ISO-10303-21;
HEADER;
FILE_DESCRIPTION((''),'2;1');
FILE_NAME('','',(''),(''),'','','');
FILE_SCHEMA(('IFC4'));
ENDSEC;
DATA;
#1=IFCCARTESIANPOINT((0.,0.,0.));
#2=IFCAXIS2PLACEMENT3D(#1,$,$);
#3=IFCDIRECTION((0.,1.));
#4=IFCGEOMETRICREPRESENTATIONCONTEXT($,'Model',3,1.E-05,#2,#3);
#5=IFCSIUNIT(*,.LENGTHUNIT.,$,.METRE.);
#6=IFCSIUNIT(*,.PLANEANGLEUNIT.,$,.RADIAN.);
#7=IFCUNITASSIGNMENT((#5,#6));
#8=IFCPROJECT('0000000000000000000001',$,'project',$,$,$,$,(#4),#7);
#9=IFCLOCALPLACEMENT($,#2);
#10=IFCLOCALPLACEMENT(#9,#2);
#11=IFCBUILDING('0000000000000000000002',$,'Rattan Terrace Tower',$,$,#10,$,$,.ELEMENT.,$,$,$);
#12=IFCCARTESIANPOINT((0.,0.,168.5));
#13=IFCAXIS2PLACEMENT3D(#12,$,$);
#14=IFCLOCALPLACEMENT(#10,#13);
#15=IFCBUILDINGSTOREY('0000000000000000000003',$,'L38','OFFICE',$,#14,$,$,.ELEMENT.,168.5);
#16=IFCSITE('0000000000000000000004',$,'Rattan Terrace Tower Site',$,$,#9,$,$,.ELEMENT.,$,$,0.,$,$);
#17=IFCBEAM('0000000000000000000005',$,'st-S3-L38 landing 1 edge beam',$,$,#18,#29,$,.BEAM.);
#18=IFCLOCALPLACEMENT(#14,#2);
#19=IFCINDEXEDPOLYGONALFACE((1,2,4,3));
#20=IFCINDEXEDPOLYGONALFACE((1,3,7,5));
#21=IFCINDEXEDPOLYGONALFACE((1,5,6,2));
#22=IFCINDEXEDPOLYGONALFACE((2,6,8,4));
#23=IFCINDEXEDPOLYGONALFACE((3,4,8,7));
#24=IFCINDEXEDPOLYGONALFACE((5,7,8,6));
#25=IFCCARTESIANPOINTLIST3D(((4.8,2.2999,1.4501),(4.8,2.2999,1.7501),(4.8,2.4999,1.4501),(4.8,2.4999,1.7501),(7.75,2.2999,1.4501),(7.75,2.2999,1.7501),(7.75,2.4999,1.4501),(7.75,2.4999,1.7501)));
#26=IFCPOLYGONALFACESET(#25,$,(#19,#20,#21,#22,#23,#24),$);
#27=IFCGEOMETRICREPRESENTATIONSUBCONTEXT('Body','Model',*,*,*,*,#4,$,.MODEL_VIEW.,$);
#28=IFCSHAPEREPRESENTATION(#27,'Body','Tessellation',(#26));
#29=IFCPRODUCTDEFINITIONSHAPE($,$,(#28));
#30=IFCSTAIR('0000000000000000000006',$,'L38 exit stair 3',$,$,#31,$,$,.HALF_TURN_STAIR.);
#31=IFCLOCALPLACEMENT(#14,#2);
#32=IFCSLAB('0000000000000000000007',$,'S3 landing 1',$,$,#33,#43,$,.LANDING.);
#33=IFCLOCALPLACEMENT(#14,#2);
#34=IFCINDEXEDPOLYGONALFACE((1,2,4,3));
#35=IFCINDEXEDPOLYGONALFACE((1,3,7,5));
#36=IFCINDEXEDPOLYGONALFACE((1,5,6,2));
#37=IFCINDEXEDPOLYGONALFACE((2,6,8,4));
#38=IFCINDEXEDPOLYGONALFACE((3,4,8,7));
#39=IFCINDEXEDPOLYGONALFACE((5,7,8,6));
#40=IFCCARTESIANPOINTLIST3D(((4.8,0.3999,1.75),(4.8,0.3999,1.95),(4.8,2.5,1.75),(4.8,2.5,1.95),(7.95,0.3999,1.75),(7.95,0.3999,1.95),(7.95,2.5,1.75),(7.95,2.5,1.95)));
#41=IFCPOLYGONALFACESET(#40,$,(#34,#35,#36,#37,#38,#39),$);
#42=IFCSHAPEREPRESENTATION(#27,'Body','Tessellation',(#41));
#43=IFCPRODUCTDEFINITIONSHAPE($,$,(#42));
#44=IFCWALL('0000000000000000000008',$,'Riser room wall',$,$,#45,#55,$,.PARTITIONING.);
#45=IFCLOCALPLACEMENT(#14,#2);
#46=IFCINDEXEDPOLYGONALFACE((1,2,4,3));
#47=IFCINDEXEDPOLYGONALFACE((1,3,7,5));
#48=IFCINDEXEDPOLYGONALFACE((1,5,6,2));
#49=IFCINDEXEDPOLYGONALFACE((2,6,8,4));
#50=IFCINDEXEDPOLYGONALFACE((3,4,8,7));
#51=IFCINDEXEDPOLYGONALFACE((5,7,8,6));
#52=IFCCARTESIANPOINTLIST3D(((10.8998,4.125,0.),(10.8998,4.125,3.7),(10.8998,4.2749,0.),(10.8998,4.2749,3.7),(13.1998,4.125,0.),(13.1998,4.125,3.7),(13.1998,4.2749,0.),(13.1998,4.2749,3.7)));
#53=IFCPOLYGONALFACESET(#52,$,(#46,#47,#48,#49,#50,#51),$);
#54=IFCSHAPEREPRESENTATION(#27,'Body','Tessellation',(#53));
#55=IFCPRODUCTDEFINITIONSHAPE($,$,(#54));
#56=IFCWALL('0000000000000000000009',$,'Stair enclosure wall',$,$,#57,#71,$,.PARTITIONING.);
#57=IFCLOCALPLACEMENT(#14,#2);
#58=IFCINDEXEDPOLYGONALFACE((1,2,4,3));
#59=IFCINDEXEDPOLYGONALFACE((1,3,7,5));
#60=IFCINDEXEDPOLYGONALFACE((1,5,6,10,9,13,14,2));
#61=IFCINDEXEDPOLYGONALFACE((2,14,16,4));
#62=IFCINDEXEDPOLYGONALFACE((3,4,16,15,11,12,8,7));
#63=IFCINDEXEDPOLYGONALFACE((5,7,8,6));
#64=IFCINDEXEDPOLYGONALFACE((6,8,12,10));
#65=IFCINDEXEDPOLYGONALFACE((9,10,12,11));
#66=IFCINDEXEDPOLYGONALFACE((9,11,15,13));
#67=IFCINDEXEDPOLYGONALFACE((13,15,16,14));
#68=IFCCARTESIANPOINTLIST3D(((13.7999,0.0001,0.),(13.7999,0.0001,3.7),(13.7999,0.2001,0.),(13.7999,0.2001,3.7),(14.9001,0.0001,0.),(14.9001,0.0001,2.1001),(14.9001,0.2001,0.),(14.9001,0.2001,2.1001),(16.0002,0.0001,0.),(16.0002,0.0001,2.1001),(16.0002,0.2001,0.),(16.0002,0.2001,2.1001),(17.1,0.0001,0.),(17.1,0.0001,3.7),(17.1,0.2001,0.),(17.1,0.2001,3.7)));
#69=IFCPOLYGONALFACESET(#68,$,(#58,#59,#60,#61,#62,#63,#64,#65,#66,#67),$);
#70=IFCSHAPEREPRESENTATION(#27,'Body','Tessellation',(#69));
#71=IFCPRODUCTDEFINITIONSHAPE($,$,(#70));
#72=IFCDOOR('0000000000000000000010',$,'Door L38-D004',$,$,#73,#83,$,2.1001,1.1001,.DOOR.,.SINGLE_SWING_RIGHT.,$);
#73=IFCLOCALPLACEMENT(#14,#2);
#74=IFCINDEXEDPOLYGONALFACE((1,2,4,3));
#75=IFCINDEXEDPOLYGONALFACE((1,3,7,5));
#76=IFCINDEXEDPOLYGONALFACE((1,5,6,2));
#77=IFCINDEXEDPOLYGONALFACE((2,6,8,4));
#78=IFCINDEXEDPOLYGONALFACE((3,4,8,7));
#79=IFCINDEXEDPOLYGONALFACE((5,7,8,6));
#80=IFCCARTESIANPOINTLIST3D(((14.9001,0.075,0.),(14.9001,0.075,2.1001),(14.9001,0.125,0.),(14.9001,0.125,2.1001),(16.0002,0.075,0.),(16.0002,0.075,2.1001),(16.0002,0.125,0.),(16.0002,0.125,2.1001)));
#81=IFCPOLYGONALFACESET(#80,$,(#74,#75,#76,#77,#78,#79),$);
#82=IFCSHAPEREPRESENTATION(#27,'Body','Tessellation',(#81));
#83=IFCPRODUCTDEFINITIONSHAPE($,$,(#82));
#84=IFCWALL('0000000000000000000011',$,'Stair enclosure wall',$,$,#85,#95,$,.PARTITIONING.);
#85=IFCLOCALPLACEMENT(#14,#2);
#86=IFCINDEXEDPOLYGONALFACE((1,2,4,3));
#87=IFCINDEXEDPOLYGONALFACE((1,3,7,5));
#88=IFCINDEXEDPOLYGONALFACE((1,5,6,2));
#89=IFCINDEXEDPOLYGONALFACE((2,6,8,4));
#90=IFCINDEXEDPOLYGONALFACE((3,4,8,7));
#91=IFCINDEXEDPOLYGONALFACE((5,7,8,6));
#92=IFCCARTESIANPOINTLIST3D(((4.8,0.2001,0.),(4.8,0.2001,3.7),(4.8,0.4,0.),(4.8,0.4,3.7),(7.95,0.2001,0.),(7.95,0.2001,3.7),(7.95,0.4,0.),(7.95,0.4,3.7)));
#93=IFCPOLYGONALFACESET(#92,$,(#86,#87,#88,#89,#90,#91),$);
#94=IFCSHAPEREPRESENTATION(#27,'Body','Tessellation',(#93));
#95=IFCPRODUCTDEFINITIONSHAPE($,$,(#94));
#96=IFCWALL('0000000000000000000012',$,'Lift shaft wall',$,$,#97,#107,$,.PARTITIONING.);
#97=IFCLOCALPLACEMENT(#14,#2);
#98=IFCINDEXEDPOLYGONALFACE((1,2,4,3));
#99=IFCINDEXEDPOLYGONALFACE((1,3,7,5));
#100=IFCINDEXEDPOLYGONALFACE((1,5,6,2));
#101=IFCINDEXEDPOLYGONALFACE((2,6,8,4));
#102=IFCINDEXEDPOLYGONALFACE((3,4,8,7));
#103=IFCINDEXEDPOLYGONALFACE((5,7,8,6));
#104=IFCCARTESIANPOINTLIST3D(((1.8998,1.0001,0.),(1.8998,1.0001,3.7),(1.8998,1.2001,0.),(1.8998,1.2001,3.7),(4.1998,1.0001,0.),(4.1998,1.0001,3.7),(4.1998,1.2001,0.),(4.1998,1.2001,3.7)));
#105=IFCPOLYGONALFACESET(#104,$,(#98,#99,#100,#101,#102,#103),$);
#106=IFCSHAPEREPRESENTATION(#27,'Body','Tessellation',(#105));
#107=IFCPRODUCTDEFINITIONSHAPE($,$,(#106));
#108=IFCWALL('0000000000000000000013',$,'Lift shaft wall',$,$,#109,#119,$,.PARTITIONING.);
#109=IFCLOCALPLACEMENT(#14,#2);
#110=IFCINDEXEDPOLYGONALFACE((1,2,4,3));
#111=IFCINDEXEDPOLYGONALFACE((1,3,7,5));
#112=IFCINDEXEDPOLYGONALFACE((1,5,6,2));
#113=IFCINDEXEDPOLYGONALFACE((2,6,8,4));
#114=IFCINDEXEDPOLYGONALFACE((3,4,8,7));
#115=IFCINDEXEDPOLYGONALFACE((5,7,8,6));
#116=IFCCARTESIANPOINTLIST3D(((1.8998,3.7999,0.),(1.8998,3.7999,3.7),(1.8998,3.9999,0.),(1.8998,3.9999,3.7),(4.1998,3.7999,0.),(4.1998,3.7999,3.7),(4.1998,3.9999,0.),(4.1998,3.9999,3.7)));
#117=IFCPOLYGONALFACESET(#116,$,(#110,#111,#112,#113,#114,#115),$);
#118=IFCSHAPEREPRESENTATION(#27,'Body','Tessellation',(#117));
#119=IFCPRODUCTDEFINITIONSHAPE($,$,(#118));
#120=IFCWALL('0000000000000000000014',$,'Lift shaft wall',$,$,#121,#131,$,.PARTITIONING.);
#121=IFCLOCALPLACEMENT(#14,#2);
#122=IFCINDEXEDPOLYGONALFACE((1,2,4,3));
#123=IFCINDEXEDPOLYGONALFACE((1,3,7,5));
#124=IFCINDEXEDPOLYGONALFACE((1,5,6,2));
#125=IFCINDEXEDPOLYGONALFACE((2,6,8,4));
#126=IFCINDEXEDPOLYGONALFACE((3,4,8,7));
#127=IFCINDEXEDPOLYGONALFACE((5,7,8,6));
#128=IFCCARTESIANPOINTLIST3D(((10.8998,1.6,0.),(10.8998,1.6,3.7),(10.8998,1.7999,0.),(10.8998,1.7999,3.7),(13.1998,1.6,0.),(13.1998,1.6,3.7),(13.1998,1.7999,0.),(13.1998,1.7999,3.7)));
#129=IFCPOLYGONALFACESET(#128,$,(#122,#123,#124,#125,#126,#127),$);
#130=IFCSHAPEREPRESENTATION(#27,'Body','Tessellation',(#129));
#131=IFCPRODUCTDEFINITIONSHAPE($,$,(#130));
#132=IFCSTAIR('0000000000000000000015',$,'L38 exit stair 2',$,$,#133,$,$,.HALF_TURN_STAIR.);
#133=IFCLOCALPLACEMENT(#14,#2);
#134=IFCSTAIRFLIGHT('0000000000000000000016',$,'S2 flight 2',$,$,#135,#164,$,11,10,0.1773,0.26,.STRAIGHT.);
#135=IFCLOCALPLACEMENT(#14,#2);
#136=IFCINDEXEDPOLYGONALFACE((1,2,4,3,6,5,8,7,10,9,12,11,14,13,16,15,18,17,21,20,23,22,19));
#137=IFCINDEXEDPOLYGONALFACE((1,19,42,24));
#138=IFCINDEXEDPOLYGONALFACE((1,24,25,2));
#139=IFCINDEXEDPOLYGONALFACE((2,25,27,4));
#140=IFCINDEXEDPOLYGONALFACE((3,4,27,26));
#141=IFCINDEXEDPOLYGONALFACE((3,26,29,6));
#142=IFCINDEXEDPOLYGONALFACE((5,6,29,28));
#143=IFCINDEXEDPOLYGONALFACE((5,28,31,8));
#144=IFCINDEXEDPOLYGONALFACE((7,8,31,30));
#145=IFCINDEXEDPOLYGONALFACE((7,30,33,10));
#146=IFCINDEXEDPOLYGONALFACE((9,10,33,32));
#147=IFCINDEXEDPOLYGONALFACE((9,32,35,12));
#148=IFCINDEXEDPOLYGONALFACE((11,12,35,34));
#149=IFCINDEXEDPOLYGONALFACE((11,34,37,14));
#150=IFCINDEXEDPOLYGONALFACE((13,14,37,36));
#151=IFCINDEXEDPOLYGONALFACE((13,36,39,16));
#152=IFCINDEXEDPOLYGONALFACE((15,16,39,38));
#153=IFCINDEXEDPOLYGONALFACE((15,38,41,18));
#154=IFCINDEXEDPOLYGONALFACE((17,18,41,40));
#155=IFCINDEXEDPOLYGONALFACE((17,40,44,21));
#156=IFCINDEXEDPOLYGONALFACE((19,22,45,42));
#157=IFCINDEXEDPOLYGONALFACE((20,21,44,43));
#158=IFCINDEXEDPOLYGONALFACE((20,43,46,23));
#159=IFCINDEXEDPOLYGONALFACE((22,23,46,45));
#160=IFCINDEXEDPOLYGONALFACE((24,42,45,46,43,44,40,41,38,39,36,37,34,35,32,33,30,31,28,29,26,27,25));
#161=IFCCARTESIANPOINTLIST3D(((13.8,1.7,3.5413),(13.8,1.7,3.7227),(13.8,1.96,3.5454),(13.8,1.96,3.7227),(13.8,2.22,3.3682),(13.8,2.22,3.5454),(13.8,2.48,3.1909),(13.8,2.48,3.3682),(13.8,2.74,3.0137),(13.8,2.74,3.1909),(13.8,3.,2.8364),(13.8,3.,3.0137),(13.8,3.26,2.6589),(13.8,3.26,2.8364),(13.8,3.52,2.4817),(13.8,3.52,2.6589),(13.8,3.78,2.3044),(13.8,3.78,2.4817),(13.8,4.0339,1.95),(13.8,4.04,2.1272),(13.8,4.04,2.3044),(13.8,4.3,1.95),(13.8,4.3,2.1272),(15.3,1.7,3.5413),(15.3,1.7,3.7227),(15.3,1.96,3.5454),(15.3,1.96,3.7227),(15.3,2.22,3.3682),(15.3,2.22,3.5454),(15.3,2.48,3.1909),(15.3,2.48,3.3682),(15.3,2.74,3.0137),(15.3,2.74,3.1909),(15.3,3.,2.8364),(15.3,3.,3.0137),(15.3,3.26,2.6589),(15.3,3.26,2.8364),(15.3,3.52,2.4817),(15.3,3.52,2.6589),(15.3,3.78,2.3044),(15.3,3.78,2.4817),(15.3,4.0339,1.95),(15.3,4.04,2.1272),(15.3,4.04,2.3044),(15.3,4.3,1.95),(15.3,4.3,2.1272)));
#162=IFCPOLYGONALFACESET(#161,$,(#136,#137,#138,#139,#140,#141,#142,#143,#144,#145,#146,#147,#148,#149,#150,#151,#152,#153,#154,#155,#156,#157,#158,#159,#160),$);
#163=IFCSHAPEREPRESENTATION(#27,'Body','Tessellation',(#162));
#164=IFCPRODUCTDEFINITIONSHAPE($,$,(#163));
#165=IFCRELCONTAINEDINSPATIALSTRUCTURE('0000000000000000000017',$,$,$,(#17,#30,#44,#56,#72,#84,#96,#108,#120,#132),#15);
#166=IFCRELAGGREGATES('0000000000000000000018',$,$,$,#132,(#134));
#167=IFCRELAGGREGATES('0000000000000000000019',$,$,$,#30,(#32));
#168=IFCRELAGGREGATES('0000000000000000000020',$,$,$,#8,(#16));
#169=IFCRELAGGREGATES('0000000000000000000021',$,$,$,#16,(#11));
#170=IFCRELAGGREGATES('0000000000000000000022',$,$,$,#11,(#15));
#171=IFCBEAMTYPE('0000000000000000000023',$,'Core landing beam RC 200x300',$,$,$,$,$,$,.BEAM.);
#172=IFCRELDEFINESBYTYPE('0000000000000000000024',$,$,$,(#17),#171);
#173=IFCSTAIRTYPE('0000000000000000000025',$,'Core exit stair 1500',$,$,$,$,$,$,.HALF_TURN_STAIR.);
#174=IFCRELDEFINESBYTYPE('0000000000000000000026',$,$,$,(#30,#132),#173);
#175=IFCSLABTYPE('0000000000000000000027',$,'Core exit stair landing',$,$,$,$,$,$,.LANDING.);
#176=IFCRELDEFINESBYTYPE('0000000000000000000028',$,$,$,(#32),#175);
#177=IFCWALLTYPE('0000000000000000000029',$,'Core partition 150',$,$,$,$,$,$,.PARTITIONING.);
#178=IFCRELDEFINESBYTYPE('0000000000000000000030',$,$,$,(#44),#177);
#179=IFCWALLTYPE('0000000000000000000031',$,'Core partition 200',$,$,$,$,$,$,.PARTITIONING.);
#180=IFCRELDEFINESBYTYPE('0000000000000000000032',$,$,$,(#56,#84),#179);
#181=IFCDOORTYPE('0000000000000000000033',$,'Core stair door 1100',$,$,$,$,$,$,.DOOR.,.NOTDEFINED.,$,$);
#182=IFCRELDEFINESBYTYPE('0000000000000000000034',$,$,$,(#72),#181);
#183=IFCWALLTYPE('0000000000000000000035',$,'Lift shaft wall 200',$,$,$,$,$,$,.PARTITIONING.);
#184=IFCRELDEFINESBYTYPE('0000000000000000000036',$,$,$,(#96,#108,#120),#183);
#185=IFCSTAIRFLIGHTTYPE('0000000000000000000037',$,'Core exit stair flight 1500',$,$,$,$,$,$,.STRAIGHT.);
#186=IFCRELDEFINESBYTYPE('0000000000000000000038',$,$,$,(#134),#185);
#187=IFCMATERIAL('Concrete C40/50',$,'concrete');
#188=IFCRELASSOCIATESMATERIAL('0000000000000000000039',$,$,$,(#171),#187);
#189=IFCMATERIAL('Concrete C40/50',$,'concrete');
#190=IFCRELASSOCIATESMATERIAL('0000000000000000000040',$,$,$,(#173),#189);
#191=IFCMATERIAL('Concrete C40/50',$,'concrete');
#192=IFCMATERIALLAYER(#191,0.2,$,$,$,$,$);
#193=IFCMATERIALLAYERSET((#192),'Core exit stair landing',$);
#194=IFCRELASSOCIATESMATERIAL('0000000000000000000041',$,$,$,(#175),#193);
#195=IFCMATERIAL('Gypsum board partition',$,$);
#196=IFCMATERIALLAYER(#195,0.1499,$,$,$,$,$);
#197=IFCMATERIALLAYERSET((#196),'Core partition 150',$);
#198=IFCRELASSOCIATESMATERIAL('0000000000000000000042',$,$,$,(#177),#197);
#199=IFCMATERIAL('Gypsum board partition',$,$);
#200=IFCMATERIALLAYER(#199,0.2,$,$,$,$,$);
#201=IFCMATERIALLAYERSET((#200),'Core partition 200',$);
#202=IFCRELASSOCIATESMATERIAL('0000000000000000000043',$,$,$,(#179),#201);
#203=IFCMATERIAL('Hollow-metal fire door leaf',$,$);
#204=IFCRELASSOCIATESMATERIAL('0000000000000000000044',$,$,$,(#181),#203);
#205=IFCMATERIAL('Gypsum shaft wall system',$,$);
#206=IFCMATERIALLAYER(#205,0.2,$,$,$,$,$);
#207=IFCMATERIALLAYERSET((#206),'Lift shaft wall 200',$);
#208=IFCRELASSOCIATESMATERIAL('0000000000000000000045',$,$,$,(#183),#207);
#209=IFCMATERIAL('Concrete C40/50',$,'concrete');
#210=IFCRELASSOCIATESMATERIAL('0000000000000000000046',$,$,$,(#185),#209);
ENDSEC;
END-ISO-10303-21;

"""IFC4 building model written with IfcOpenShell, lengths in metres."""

from ifc_helpers import new_model, si_unit, direction, frame, frame_2d, origin, origin_2d, place, context, subcontext, project, spatial, polyline, rectangle, outline, extrude, material, layer, layer_set, material_profile, profile_set, type_object, element, fill, aggregate, save


model = new_model("IFC4")

# Units and contexts
model_context = context("Model", 3, precision=1e-05, world=origin(), true_north=direction((0.0, 1.0)))
body_context = subcontext(model_context, "Body", "Model", "MODEL_VIEW")
ifc_project = project(units=[si_unit("LENGTHUNIT", "METRE"), si_unit("PLANEANGLEUNIT", "RADIAN")], contexts=[model_context])

# Site, building, storey
site_placement = place(None, origin())
site = spatial("IfcSite", under=ifc_project, at=site_placement, Name="Rattan Terrace Tower Site", CompositionType="ELEMENT", RefElevation=0.0)
building_placement = place(site_placement, origin())
building = spatial("IfcBuilding", under=site, at=building_placement, Name="Rattan Terrace Tower", CompositionType="ELEMENT")
storey_placement = place(building_placement, frame((0.0, 0.0, 168.5)))
storey = spatial("IfcBuildingStorey", under=building, at=storey_placement, Name="L38", Description="OFFICE", CompositionType="ELEMENT", Elevation=168.5)

# Beam
ifc_material_1 = material(Name="Concrete C40/50", Category="concrete")
ifc_material_profile = material_profile(ifc_material_1, rectangle(XDim=0.2, YDim=0.3, at=origin_2d()), Name="RC 200x300")
ifc_profile_set = profile_set([ifc_material_profile], Name="Concrete C40/50")
beam_type = type_object("IfcBeamType", Name="Core landing beam RC 200x300", PredefinedType="BEAM", material=ifc_profile_set)
beam_placement = place(storey_placement, frame((4.8, 2.3999, 1.6001), z_axis=(1.0, 0.0, 0.0), x_axis=(0.0, 1.0, 0.0)))
element("IfcBeam", 1, at=beam_placement, inside=storey, type_object=beam_type, Name="st-S3-L38 landing 1 edge beam", PredefinedType="BEAM", context=body_context, shape_type="SweptSolid", body=[
    extrude(rectangle(XDim=0.2, YDim=0.3, at=origin_2d()), origin(), (0.0, 0.0, 1.0), 2.95),
])

# Stair, slab
ifc_material_2 = material(Name="Concrete C40/50", Category="concrete")
stair_type = type_object("IfcStairType", Name="Core exit stair 1500", PredefinedType="HALF_TURN_STAIR", material=ifc_material_2)
stair_1_placement = place(storey_placement, origin())
stair_1 = element("IfcStair", 2, at=stair_1_placement, inside=storey, type_object=stair_type, Name="L38 exit stair 3", PredefinedType="HALF_TURN_STAIR")
ifc_material_3 = material(Name="Concrete C40/50", Category="concrete")
ifc_layer_1 = layer(ifc_material_3, 0.2)
ifc_layer_set_1 = layer_set([ifc_layer_1], Name="Core exit stair landing")
slab_type = type_object("IfcSlabType", Name="Core exit stair landing", PredefinedType="LANDING", material=ifc_layer_set_1)
slab_placement = place(storey_placement, frame((0.0, 0.0, 1.75)))
slab = element("IfcSlab", 3, at=slab_placement, type_object=slab_type, Name="S3 landing 1", PredefinedType="LANDING", context=body_context, shape_type="SweptSolid", body=[
    extrude(outline(polyline([(4.8, 2.5), (4.8, 0.3999), (7.95, 0.3999), (7.95, 2.5), (4.8, 2.5)])), origin(), (0.0, 0.0, 1.0), 0.2),
])

# Wall
ifc_material_4 = material(Name="Gypsum board partition")
ifc_layer_2 = layer(ifc_material_4, 0.1499)
ifc_layer_set_2 = layer_set([ifc_layer_2], Name="Core partition 150")
wall_type_1 = type_object("IfcWallType", Name="Core partition 150", PredefinedType="PARTITIONING", material=ifc_layer_set_2)
wall_1_placement = place(storey_placement, frame((10.8999, 4.2, 0.0), z_axis=(0.0, 0.0, 1.0), x_axis=(1.0, 0.0, 0.0)))
element("IfcWall", 4, at=wall_1_placement, inside=storey, type_object=wall_type_1, Name="Riser room wall", PredefinedType="PARTITIONING", context=body_context, shape_type="SweptSolid", body=[
    extrude(rectangle(XDim=2.3, YDim=0.1499, at=frame_2d((1.1499, 0.0))), origin(), (0.0, 0.0, 1.0), 3.7),
])

# Wall, opening, door
ifc_material_5 = material(Name="Gypsum board partition")
ifc_layer_3 = layer(ifc_material_5, 0.2)
ifc_layer_set_3 = layer_set([ifc_layer_3], Name="Core partition 200")
wall_type_2 = type_object("IfcWallType", Name="Core partition 200", PredefinedType="PARTITIONING", material=ifc_layer_set_3)
wall_2_placement = place(storey_placement, frame((13.8, 0.1001, 0.0), z_axis=(0.0, 0.0, 1.0), x_axis=(1.0, 0.0, 0.0)))
wall_2 = element("IfcWall", 5, at=wall_2_placement, inside=storey, type_object=wall_type_2, Name="Stair enclosure wall", PredefinedType="PARTITIONING", context=body_context, shape_type="SweptSolid", body=[
    extrude(rectangle(XDim=3.3, YDim=0.2, at=frame_2d((1.6499, 0.0))), origin(), (0.0, 0.0, 1.0), 3.7),
])
opening_placement = place(wall_2_placement, frame((1.1001, 0.0, 0.0)))
opening = element("IfcOpeningElement", 6, at=opening_placement, cuts=wall_2, PredefinedType="OPENING", context=body_context, shape_type="SweptSolid", body=[
    extrude(rectangle(XDim=1.1001, YDim=2.1001, at=frame_2d((0.55, 1.05))), frame((0.0, 0.1106, 0.0), z_axis=(0.0, -1.0, 0.0), x_axis=(1.0, 0.0, 0.0)), (0.0, 0.0, 1.0), 0.2209),
])
ifc_material_6 = material(Name="Hollow-metal fire door leaf")
door_type = type_object("IfcDoorType", Name="Core stair door 1100", OperationType="NOTDEFINED", PredefinedType="DOOR", material=ifc_material_6)
door_placement = place(opening_placement, origin())
door = element("IfcDoor", 7, at=door_placement, inside=storey, type_object=door_type, Name="Door L38-D004", OperationType="SINGLE_SWING_RIGHT", OverallHeight=2.1001, OverallWidth=1.1001, PredefinedType="DOOR", context=body_context, shape_type="SweptSolid", body=[
    extrude(rectangle(XDim=1.1001, YDim=2.1001, at=frame_2d((0.55, 1.05))), frame((0.0, 0.0249, 0.0), z_axis=(0.0, -1.0, 0.0), x_axis=(1.0, 0.0, 0.0)), (0.0, 0.0, 1.0), 0.05),
])
fill(opening, door)

# Walls
wall_3_placement = place(storey_placement, frame((4.8, 0.3, 0.0), z_axis=(0.0, 0.0, 1.0), x_axis=(1.0, 0.0, 0.0)))
element("IfcWall", 8, at=wall_3_placement, inside=storey, type_object=wall_type_2, Name="Stair enclosure wall", PredefinedType="PARTITIONING", context=body_context, shape_type="SweptSolid", body=[
    extrude(rectangle(XDim=3.1499, YDim=0.2, at=frame_2d((1.575, 0.0))), origin(), (0.0, 0.0, 1.0), 3.7),
])
ifc_material_7 = material(Name="Gypsum shaft wall system")
ifc_layer_4 = layer(ifc_material_7, 0.2)
ifc_layer_set_4 = layer_set([ifc_layer_4], Name="Lift shaft wall 200")
wall_type_3 = type_object("IfcWallType", Name="Lift shaft wall 200", PredefinedType="PARTITIONING", material=ifc_layer_set_4)
for number, where, z_axis, x_axis, name in (
    (9, (1.8999, 1.1001, 0.0), (0.0, 0.0, 1.0), (1.0, 0.0, 0.0), "Lift shaft wall"),
    (10, (1.8999, 3.8999, 0.0), (0.0, 0.0, 1.0), (1.0, 0.0, 0.0), "Lift shaft wall"),
    (11, (10.8999, 1.7, 0.0), (0.0, 0.0, 1.0), (1.0, 0.0, 0.0), "Lift shaft wall"),
):
    element("IfcWall", number, at=place(storey_placement, frame(where, z_axis=z_axis, x_axis=x_axis)), inside=storey, type_object=wall_type_3, Name=name, PredefinedType="PARTITIONING", context=body_context, shape_type="SweptSolid", body=[
        extrude(rectangle(XDim=2.3, YDim=0.2, at=frame_2d((1.1499, 0.0))), origin(), (0.0, 0.0, 1.0), 3.7),
    ])

# Stair, stair flight
stair_2_placement = place(storey_placement, origin())
stair_2 = element("IfcStair", 12, at=stair_2_placement, inside=storey, type_object=stair_type, Name="L38 exit stair 2", PredefinedType="HALF_TURN_STAIR")
ifc_material_8 = material(Name="Concrete C40/50", Category="concrete")
stair_flight_type = type_object("IfcStairFlightType", Name="Core exit stair flight 1500", PredefinedType="STRAIGHT", material=ifc_material_8)
stair_flight_1_placement = place(storey_placement, frame((14.55, 4.3, 1.95), z_axis=(0.0, 0.0, 1.0), x_axis=(0.0, -1.0, 0.0)))
stair_flight_1 = element("IfcStairFlight", 13, at=stair_flight_1_placement, type_object=stair_flight_type, Name="S2 flight 2", NumberOfRisers=11, NumberOfTreads=10, PredefinedType="STRAIGHT", RiserHeight=0.1773, TreadLength=0.26, context=body_context, shape_type="SweptSolid", body=[
    extrude(outline(polyline([(0.0, 0.0), (0.0, 0.1772), (0.26, 0.1772), (0.26, 0.3545), (0.52, 0.3545), (0.52, 0.5317), (0.78, 0.5317), (0.78, 0.709), (1.04, 0.709), (1.04, 0.8865), (1.3, 0.8865), (1.3, 1.0637), (1.5601, 1.0637), (1.5601, 1.241), (1.8201, 1.241), (1.8201, 1.4182), (2.0801, 1.4182), (2.0801, 1.5955), (2.3401, 1.5955), (2.3401, 1.7727), (2.6001, 1.7727), (2.6001, 1.95), (2.6001, 1.5913), (0.2661, 0.0), (0.0, 0.0)])), frame((0.0, 0.75, 0.0), z_axis=(0.0, -1.0, 0.0), x_axis=(1.0, 0.0, 0.0)), (0.0, 0.0, 1.0), 1.5),
])
aggregate(stair_2, [stair_flight_1])

aggregate(stair_1, [slab])

save(model, "model.ifc")
